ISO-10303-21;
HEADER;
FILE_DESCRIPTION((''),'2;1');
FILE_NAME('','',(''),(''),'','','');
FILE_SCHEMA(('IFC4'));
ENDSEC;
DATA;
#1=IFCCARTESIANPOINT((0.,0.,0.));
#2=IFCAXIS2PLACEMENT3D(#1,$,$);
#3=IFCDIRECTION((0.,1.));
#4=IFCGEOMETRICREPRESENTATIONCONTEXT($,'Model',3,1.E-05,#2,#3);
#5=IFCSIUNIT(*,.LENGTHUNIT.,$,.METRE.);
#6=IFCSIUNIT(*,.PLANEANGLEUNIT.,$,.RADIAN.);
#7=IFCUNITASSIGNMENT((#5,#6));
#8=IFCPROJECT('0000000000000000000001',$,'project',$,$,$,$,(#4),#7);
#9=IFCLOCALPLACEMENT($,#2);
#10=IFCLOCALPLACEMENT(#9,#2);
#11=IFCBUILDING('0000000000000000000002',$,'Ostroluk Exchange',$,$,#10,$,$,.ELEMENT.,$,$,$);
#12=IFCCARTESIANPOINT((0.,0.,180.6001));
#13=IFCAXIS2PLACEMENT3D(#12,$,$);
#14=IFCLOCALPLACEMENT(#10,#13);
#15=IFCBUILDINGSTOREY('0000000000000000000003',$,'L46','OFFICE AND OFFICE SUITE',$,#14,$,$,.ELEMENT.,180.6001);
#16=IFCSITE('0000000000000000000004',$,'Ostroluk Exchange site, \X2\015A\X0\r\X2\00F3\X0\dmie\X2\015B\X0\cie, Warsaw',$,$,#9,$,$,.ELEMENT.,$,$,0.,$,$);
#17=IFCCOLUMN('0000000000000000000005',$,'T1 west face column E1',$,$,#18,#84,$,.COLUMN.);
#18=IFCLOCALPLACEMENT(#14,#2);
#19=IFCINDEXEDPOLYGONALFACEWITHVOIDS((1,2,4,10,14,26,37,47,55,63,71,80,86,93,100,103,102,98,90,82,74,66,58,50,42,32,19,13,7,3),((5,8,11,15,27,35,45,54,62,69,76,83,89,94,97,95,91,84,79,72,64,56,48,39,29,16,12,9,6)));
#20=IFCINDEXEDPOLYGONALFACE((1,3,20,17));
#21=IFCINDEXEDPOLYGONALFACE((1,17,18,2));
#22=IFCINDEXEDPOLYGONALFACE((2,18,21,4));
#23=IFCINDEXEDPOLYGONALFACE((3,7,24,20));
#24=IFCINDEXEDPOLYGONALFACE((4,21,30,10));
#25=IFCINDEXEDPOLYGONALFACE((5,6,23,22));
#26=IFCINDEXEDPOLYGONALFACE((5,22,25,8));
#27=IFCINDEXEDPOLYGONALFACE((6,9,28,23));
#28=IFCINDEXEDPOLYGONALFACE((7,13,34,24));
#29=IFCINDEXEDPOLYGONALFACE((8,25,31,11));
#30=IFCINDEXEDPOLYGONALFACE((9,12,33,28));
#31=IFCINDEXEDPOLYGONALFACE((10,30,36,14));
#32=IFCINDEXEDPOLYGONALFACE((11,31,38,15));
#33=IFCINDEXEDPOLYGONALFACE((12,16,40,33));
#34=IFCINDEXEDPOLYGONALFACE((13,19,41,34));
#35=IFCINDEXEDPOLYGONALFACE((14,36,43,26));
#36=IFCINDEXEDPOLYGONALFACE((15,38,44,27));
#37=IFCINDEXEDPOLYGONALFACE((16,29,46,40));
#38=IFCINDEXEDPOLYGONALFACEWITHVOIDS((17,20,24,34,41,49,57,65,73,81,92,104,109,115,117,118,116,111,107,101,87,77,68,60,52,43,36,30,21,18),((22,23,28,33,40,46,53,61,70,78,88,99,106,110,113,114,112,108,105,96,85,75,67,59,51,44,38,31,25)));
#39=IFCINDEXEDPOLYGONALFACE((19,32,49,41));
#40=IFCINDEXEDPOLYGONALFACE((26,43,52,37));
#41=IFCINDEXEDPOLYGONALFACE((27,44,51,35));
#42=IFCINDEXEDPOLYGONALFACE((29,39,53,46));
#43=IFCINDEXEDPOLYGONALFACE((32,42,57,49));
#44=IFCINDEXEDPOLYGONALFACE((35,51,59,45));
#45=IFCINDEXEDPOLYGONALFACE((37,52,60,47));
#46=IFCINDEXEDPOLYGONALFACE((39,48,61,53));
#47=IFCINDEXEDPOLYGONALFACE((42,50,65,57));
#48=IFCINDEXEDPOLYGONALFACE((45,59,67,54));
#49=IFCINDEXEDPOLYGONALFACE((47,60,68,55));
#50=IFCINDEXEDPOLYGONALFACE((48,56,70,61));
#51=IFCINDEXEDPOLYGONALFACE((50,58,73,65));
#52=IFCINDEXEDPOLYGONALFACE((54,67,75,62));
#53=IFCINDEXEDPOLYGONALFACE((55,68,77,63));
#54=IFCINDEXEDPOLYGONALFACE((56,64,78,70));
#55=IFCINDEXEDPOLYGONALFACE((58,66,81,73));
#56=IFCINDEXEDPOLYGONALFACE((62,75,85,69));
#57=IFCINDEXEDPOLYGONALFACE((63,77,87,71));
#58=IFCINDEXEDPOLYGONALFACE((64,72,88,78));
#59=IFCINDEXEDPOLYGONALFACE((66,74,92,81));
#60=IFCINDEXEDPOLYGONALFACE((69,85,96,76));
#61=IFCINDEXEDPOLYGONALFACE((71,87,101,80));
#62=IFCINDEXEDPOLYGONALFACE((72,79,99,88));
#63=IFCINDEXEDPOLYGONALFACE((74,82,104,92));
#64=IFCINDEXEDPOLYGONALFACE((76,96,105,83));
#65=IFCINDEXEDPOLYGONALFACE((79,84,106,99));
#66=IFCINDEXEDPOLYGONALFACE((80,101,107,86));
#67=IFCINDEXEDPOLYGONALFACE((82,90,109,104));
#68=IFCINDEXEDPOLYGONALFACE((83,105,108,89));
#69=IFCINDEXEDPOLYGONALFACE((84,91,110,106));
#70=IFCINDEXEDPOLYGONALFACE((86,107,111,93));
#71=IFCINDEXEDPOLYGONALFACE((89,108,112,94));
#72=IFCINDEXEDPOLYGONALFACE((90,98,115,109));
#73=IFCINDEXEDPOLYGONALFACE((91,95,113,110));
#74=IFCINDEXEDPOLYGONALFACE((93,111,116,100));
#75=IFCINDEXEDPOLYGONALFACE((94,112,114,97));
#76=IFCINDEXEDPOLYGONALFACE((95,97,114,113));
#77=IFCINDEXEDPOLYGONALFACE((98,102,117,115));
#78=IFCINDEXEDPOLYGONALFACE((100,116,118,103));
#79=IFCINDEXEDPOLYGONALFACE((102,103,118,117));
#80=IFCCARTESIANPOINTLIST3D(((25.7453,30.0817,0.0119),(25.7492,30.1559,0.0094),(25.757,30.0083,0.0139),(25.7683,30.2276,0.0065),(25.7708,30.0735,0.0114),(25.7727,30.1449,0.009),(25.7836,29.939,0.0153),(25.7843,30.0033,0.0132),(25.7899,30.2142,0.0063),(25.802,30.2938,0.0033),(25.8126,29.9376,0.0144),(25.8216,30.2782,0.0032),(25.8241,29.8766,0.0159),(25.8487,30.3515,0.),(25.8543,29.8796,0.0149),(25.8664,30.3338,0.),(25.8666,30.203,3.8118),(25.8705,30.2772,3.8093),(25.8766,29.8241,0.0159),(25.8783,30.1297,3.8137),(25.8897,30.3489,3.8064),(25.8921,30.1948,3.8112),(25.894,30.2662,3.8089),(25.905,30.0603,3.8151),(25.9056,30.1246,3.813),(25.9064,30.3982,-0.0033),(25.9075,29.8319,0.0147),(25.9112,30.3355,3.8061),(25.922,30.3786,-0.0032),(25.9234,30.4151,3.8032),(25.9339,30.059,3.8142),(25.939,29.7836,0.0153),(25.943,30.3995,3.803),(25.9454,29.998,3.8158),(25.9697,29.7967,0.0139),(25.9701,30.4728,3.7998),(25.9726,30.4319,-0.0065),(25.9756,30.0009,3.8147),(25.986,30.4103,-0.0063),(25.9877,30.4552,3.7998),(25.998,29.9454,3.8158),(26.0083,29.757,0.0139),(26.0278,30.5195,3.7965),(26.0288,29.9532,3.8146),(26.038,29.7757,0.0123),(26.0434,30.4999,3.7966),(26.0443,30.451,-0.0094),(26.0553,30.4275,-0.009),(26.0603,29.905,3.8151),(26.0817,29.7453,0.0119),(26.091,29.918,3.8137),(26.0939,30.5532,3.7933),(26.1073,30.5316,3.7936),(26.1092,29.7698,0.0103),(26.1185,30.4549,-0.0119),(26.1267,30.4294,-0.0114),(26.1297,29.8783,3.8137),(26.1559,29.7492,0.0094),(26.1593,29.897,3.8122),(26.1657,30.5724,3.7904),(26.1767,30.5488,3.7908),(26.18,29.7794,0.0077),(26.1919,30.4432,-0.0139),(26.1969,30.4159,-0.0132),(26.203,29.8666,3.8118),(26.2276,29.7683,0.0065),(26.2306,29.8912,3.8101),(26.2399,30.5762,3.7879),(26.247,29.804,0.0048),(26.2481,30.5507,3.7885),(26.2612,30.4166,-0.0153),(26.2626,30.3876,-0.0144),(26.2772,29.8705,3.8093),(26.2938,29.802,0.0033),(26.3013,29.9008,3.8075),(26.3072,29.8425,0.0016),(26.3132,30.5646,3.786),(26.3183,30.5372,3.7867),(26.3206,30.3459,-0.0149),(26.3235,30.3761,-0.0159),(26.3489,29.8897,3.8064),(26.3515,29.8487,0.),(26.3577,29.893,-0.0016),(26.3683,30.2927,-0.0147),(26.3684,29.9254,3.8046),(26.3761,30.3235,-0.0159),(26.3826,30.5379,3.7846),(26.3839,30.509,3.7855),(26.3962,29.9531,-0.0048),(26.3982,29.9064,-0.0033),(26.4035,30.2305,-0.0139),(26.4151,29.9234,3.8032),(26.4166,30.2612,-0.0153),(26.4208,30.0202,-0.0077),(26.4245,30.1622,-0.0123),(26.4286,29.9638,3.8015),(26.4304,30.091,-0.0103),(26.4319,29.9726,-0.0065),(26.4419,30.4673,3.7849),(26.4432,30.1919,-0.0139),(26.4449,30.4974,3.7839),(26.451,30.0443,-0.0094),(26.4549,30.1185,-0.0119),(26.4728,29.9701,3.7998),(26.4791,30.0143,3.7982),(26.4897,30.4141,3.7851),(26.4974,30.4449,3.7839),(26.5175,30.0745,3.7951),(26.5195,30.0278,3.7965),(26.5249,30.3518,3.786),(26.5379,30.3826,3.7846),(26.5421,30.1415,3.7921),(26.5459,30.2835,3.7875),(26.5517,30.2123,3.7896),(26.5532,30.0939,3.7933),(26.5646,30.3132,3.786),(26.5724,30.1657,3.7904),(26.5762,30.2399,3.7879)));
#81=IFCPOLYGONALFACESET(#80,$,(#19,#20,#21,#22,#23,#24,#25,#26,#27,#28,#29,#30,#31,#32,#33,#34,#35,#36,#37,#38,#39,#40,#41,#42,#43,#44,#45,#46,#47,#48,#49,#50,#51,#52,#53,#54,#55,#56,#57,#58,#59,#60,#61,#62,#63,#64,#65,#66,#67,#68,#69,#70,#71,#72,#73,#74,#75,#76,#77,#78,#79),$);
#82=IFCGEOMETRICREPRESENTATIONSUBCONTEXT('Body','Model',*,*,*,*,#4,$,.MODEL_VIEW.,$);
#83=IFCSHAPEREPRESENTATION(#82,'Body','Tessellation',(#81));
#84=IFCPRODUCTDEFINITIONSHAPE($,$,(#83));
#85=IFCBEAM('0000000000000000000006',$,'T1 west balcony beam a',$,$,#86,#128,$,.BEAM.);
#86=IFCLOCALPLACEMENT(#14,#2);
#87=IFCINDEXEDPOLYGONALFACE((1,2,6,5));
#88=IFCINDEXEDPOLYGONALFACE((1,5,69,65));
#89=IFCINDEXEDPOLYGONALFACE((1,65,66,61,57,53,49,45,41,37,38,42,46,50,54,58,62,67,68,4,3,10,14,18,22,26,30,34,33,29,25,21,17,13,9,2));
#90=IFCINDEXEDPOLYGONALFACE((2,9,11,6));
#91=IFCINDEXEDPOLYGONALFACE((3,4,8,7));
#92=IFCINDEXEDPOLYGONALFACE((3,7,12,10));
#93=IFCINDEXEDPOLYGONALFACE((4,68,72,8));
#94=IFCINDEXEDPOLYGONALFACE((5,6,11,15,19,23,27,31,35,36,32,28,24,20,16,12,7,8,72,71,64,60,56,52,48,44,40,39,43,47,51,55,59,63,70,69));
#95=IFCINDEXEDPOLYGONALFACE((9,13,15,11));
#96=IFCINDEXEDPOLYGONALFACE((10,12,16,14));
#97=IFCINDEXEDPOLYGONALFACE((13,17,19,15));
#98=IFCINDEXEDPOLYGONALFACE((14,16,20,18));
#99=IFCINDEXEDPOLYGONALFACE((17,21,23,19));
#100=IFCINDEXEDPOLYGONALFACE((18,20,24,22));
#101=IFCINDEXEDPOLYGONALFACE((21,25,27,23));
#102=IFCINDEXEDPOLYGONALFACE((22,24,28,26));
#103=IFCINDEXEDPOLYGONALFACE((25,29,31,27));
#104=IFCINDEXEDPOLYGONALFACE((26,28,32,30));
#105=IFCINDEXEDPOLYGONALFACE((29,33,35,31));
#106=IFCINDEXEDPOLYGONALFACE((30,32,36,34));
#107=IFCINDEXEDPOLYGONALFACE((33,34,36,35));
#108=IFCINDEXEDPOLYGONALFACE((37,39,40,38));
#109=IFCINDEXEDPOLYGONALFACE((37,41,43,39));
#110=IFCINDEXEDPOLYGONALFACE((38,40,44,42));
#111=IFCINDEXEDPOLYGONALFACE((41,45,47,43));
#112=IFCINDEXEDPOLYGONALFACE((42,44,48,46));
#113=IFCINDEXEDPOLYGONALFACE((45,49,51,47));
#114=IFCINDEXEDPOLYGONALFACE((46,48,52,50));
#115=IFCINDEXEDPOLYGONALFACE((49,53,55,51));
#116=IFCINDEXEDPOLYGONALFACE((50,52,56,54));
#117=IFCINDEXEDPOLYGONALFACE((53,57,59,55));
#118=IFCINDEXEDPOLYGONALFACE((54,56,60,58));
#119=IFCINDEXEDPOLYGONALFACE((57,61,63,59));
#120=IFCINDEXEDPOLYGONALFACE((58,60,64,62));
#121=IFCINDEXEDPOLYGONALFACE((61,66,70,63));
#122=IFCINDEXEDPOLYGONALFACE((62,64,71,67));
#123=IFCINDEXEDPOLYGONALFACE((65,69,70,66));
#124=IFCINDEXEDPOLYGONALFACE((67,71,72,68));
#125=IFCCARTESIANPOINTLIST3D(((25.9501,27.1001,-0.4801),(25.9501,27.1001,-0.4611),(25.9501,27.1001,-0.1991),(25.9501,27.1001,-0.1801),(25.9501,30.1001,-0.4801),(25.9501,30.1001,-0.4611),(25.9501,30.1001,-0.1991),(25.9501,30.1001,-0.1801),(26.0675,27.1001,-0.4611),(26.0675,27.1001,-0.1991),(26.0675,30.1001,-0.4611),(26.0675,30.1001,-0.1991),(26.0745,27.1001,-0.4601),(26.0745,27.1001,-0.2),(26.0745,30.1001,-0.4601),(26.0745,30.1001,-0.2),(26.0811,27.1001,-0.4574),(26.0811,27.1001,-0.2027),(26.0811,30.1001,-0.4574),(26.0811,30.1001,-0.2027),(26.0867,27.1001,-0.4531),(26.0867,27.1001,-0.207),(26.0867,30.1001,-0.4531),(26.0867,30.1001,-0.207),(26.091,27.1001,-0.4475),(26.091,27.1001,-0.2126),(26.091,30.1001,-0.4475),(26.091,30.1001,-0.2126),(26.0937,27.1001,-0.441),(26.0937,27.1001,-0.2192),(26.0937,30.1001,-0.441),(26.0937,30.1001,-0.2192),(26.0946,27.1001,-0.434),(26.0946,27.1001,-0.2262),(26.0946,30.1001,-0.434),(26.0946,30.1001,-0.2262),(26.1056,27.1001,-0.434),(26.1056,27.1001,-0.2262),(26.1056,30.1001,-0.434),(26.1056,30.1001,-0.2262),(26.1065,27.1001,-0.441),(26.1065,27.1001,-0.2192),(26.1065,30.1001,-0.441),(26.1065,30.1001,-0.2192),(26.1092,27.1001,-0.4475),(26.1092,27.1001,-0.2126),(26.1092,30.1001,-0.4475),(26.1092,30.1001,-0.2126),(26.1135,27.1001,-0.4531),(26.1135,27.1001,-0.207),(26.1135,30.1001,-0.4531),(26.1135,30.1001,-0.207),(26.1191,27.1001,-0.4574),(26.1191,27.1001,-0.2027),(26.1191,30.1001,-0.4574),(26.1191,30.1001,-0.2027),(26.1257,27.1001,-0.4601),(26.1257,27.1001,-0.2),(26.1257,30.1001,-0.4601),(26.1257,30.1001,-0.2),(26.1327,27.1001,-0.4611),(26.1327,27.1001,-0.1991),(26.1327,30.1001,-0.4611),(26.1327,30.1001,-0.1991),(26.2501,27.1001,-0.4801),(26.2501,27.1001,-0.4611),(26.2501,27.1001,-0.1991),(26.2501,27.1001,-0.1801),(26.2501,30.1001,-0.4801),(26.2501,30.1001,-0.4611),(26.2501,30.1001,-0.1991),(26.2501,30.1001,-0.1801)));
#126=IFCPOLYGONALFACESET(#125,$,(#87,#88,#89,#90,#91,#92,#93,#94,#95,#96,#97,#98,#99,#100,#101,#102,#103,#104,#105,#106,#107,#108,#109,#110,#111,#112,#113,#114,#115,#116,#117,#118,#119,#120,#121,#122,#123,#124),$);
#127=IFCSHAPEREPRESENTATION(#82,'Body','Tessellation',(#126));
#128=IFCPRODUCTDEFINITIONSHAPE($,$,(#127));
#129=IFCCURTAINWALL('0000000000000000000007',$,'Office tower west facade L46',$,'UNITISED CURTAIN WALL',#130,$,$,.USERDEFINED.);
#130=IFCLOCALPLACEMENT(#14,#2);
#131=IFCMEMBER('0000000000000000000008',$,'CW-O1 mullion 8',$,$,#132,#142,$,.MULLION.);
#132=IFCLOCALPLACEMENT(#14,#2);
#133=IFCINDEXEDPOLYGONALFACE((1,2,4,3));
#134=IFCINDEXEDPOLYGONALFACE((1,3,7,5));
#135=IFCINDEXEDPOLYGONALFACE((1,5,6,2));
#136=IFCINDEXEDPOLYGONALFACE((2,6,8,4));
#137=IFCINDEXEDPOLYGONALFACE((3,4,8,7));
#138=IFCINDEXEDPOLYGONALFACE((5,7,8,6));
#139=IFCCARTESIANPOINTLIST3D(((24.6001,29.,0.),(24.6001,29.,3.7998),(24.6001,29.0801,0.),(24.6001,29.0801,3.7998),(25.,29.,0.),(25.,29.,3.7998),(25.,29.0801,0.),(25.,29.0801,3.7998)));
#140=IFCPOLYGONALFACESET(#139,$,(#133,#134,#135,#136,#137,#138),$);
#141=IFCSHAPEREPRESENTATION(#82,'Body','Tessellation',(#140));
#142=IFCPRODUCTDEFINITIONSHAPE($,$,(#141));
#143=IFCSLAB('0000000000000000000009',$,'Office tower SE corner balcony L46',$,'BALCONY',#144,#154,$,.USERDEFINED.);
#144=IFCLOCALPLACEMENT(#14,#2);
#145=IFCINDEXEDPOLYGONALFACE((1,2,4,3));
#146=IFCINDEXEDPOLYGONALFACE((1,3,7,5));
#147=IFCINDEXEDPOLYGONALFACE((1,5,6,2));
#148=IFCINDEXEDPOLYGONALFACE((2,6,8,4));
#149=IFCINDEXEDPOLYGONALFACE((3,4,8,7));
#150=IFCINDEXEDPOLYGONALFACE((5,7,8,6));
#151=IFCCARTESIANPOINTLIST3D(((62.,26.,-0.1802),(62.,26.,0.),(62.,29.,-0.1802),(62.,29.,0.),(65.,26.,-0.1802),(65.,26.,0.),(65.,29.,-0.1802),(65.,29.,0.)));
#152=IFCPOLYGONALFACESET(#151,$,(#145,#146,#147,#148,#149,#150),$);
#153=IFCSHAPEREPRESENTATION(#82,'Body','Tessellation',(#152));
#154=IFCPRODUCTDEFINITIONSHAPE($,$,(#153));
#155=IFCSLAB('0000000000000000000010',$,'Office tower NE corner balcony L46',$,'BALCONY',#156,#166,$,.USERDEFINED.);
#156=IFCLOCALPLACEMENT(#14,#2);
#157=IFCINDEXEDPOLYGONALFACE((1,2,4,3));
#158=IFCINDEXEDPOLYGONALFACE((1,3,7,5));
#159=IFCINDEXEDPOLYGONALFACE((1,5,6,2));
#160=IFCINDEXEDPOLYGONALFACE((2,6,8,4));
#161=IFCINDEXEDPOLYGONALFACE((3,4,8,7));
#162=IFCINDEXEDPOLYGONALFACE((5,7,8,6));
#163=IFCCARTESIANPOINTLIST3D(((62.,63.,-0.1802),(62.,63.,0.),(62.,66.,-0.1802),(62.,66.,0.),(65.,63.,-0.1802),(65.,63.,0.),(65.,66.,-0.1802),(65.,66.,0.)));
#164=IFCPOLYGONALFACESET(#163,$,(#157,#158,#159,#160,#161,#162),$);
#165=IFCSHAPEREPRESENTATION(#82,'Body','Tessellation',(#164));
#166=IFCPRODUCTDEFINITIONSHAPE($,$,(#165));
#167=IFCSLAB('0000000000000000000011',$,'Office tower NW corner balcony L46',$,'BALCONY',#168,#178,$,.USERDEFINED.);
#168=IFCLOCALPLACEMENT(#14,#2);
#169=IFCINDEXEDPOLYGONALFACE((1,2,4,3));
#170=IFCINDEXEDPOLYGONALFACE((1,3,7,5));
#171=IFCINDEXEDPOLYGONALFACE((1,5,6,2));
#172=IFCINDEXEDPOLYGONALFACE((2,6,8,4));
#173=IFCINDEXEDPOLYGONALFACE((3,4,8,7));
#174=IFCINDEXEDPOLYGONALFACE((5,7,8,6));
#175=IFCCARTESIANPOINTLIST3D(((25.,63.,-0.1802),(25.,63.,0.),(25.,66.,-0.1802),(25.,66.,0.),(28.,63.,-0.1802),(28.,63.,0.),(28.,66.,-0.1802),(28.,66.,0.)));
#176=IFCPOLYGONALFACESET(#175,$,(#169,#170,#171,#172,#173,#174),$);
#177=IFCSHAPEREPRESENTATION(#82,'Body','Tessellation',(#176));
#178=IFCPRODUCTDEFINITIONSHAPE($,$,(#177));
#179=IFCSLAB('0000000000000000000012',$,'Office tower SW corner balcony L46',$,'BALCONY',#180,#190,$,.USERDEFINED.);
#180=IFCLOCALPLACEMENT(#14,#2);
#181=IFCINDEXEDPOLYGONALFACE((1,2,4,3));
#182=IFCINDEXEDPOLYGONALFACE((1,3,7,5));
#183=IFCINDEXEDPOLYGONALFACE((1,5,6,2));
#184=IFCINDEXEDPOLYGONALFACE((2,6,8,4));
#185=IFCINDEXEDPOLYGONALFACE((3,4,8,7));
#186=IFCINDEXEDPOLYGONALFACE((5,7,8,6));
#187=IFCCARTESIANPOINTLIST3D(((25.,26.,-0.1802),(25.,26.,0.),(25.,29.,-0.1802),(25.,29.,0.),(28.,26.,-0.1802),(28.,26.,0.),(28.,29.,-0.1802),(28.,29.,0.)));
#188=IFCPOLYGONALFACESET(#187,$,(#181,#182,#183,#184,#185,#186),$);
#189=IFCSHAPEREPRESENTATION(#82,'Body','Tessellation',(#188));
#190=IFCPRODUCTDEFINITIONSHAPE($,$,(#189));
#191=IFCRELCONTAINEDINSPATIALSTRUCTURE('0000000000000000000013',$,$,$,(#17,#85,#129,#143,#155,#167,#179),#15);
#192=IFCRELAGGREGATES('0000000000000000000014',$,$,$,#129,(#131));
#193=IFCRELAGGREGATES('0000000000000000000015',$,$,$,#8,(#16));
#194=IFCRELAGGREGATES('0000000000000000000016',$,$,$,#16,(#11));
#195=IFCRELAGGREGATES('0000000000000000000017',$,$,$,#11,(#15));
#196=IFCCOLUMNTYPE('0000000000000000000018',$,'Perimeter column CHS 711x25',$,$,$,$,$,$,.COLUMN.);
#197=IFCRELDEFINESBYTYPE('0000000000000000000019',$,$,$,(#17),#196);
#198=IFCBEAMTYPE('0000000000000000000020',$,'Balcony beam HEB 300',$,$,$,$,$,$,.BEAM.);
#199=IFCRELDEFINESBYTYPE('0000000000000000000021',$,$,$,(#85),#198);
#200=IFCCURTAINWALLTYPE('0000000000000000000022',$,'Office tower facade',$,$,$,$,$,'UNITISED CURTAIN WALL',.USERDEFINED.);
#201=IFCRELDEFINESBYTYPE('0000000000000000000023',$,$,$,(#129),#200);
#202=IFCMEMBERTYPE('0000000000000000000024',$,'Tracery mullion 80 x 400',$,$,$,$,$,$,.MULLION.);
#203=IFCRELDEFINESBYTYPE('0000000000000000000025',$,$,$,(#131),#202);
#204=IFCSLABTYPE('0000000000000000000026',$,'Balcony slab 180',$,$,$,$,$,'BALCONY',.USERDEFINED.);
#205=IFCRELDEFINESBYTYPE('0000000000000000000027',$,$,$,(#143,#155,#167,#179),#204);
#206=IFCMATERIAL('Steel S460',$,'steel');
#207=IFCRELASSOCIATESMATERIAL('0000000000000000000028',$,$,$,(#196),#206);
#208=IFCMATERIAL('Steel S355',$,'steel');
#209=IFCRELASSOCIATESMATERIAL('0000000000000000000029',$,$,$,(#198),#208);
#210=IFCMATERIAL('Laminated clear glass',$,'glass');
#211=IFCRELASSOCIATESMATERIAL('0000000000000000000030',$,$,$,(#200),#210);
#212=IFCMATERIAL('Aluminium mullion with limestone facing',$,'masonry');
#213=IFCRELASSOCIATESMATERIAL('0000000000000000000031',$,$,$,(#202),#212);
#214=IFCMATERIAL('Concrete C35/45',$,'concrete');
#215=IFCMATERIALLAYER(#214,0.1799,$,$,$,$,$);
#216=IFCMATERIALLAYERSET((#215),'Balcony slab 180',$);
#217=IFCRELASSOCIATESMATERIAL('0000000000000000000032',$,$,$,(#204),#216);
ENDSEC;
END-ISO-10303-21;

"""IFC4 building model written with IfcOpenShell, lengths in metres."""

from ifc_helpers import new_model, si_unit, direction, frame, origin, origin_2d, place, context, subcontext, project, spatial, polyline, rectangle, hollow_circle, i_section, outline, extrude, material, layer, layer_set, material_profile, profile_set, type_object, element, aggregate, save


model = new_model("IFC4")

# Units and contexts
model_context = context("Model", 3, precision=1e-05, world=origin(), true_north=direction((0.0, 1.0)))
body_context = subcontext(model_context, "Body", "Model", "MODEL_VIEW")
ifc_project = project(units=[si_unit("LENGTHUNIT", "METRE"), si_unit("PLANEANGLEUNIT", "RADIAN")], contexts=[model_context])

# Site, building, storey
site_placement = place(None, origin())
site = spatial("IfcSite", under=ifc_project, at=site_placement, Name="Ostroluk Exchange site, Śródmieście, Warsaw", CompositionType="ELEMENT", RefElevation=0.0)
building_placement = place(site_placement, origin())
building = spatial("IfcBuilding", under=site, at=building_placement, Name="Ostroluk Exchange", CompositionType="ELEMENT")
storey_placement = place(building_placement, frame((0.0, 0.0, 180.6001)))
storey = spatial("IfcBuildingStorey", under=building, at=storey_placement, Name="L46", Description="OFFICE AND OFFICE SUITE", CompositionType="ELEMENT", Elevation=180.6001)

# Column
ifc_material_1 = material(Name="Steel S460", Category="steel")
ifc_material_profile_1 = material_profile(ifc_material_1, hollow_circle(Radius=0.3555, WallThickness=0.0249, at=origin_2d()), Name="CHS 711x25")
ifc_profile_set_1 = profile_set([ifc_material_profile_1], Name="Steel S460")
column_type = type_object("IfcColumnType", Name="Perimeter column CHS 711x25", PredefinedType="COLUMN", material=ifc_profile_set_1)
column_placement = place(storey_placement, frame((26.1001, 30.1001, 0.0), z_axis=(0.0319, 0.0319, 0.998982), x_axis=(-0.707107, 0.707107, 0.0)))
element("IfcColumn", 1, at=column_placement, inside=storey, type_object=column_type, Name="T1 west face column E1", PredefinedType="COLUMN", context=body_context, shape_type="SweptSolid", body=[
    extrude(hollow_circle(Radius=0.3555, WallThickness=0.0249, at=origin_2d()), origin(), (0.0, 0.0, 1.0), 3.8037),
])

# Beam
ifc_material_2 = material(Name="Steel S355", Category="steel")
ifc_material_profile_2 = material_profile(ifc_material_2, i_section(OverallWidth=0.3, OverallDepth=0.3, WebThickness=0.011, FlangeThickness=0.019, FilletRadius=0.0271, at=origin_2d()), Name="HEB 300")
ifc_profile_set_2 = profile_set([ifc_material_profile_2], Name="Steel S355")
beam_type = type_object("IfcBeamType", Name="Balcony beam HEB 300", PredefinedType="BEAM", material=ifc_profile_set_2)
beam_placement = place(storey_placement, frame((26.1001, 30.1001, -0.3301), z_axis=(0.0, -1.0, 0.0), x_axis=(1.0, 0.0, 0.0)))
element("IfcBeam", 2, at=beam_placement, inside=storey, type_object=beam_type, Name="T1 west balcony beam a", PredefinedType="BEAM", context=body_context, shape_type="SweptSolid", body=[
    extrude(i_section(OverallWidth=0.3, OverallDepth=0.3, WebThickness=0.011, FlangeThickness=0.019, FilletRadius=0.0271, at=origin_2d()), origin(), (0.0, 0.0, 1.0), 3.0),
])

# Curtain wall, member
ifc_material_3 = material(Name="Laminated clear glass", Category="glass")
curtain_wall_type = type_object("IfcCurtainWallType", Name="Office tower facade", ElementType="UNITISED CURTAIN WALL", PredefinedType="USERDEFINED", material=ifc_material_3)
curtain_wall_placement = place(storey_placement, origin())
curtain_wall = element("IfcCurtainWall", 3, at=curtain_wall_placement, inside=storey, type_object=curtain_wall_type, Name="Office tower west facade L46", ObjectType="UNITISED CURTAIN WALL", PredefinedType="USERDEFINED")
ifc_material_4 = material(Name="Aluminium mullion with limestone facing", Category="masonry")
ifc_material_profile_3 = material_profile(ifc_material_4, rectangle(XDim=0.3999, YDim=0.0801, at=origin_2d()), Name="Tracery mullion 80 x 400")
ifc_profile_set_3 = profile_set([ifc_material_profile_3], Name="Aluminium mullion with limestone facing")
member_type = type_object("IfcMemberType", Name="Tracery mullion 80 x 400", PredefinedType="MULLION", material=ifc_profile_set_3)
member_placement = place(storey_placement, frame((24.8, 29.04, 0.0), z_axis=(0.0, 0.0, 1.0), x_axis=(1.0, 0.0, 0.0)))
member = element("IfcMember", 4, at=member_placement, type_object=member_type, Name="CW-O1 mullion 8", PredefinedType="MULLION", context=body_context, shape_type="SweptSolid", body=[
    extrude(rectangle(XDim=0.3999, YDim=0.0801, at=origin_2d()), origin(), (0.0, 0.0, 1.0), 3.7998),
])
aggregate(curtain_wall, [member])

# Slabs
ifc_material_5 = material(Name="Concrete C35/45", Category="concrete")
ifc_layer_1 = layer(ifc_material_5, 0.1799)
ifc_layer_set_1 = layer_set([ifc_layer_1], Name="Balcony slab 180")
slab_type_1 = type_object("IfcSlabType", Name="Balcony slab 180", ElementType="BALCONY", PredefinedType="USERDEFINED", material=ifc_layer_set_1)
slab_1_placement = place(storey_placement, frame((0.0, 0.0, -0.1802)))
element("IfcSlab", 5, at=slab_1_placement, inside=storey, type_object=slab_type_1, Name="Office tower SE corner balcony L46", ObjectType="BALCONY", PredefinedType="USERDEFINED", context=body_context, shape_type="SweptSolid", body=[
    extrude(outline(polyline([(62.0, 26.0), (65.0, 26.0), (65.0, 29.0), (62.0, 29.0), (62.0, 26.0)])), origin(), (0.0, 0.0, 1.0), 0.1802),
])
slab_2_placement = place(storey_placement, frame((0.0, 0.0, -0.1802)))
element("IfcSlab", 6, at=slab_2_placement, inside=storey, type_object=slab_type_1, Name="Office tower NE corner balcony L46", ObjectType="BALCONY", PredefinedType="USERDEFINED", context=body_context, shape_type="SweptSolid", body=[
    extrude(outline(polyline([(62.0, 63.0), (65.0, 63.0), (65.0, 66.0), (62.0, 66.0), (62.0, 63.0)])), origin(), (0.0, 0.0, 1.0), 0.1802),
])
slab_3_placement = place(storey_placement, frame((0.0, 0.0, -0.1802)))
element("IfcSlab", 7, at=slab_3_placement, inside=storey, type_object=slab_type_1, Name="Office tower NW corner balcony L46", ObjectType="BALCONY", PredefinedType="USERDEFINED", context=body_context, shape_type="SweptSolid", body=[
    extrude(outline(polyline([(25.0, 63.0), (28.0, 63.0), (28.0, 66.0), (25.0, 66.0), (25.0, 63.0)])), origin(), (0.0, 0.0, 1.0), 0.1802),
])
slab_4_placement = place(storey_placement, frame((0.0, 0.0, -0.1802)))
element("IfcSlab", 8, at=slab_4_placement, inside=storey, type_object=slab_type_1, Name="Office tower SW corner balcony L46", ObjectType="BALCONY", PredefinedType="USERDEFINED", context=body_context, shape_type="SweptSolid", body=[
    extrude(outline(polyline([(25.0, 26.0), (28.0, 26.0), (28.0, 29.0), (25.0, 29.0), (25.0, 26.0)])), origin(), (0.0, 0.0, 1.0), 0.1802),
])

save(model, "model.ifc")
